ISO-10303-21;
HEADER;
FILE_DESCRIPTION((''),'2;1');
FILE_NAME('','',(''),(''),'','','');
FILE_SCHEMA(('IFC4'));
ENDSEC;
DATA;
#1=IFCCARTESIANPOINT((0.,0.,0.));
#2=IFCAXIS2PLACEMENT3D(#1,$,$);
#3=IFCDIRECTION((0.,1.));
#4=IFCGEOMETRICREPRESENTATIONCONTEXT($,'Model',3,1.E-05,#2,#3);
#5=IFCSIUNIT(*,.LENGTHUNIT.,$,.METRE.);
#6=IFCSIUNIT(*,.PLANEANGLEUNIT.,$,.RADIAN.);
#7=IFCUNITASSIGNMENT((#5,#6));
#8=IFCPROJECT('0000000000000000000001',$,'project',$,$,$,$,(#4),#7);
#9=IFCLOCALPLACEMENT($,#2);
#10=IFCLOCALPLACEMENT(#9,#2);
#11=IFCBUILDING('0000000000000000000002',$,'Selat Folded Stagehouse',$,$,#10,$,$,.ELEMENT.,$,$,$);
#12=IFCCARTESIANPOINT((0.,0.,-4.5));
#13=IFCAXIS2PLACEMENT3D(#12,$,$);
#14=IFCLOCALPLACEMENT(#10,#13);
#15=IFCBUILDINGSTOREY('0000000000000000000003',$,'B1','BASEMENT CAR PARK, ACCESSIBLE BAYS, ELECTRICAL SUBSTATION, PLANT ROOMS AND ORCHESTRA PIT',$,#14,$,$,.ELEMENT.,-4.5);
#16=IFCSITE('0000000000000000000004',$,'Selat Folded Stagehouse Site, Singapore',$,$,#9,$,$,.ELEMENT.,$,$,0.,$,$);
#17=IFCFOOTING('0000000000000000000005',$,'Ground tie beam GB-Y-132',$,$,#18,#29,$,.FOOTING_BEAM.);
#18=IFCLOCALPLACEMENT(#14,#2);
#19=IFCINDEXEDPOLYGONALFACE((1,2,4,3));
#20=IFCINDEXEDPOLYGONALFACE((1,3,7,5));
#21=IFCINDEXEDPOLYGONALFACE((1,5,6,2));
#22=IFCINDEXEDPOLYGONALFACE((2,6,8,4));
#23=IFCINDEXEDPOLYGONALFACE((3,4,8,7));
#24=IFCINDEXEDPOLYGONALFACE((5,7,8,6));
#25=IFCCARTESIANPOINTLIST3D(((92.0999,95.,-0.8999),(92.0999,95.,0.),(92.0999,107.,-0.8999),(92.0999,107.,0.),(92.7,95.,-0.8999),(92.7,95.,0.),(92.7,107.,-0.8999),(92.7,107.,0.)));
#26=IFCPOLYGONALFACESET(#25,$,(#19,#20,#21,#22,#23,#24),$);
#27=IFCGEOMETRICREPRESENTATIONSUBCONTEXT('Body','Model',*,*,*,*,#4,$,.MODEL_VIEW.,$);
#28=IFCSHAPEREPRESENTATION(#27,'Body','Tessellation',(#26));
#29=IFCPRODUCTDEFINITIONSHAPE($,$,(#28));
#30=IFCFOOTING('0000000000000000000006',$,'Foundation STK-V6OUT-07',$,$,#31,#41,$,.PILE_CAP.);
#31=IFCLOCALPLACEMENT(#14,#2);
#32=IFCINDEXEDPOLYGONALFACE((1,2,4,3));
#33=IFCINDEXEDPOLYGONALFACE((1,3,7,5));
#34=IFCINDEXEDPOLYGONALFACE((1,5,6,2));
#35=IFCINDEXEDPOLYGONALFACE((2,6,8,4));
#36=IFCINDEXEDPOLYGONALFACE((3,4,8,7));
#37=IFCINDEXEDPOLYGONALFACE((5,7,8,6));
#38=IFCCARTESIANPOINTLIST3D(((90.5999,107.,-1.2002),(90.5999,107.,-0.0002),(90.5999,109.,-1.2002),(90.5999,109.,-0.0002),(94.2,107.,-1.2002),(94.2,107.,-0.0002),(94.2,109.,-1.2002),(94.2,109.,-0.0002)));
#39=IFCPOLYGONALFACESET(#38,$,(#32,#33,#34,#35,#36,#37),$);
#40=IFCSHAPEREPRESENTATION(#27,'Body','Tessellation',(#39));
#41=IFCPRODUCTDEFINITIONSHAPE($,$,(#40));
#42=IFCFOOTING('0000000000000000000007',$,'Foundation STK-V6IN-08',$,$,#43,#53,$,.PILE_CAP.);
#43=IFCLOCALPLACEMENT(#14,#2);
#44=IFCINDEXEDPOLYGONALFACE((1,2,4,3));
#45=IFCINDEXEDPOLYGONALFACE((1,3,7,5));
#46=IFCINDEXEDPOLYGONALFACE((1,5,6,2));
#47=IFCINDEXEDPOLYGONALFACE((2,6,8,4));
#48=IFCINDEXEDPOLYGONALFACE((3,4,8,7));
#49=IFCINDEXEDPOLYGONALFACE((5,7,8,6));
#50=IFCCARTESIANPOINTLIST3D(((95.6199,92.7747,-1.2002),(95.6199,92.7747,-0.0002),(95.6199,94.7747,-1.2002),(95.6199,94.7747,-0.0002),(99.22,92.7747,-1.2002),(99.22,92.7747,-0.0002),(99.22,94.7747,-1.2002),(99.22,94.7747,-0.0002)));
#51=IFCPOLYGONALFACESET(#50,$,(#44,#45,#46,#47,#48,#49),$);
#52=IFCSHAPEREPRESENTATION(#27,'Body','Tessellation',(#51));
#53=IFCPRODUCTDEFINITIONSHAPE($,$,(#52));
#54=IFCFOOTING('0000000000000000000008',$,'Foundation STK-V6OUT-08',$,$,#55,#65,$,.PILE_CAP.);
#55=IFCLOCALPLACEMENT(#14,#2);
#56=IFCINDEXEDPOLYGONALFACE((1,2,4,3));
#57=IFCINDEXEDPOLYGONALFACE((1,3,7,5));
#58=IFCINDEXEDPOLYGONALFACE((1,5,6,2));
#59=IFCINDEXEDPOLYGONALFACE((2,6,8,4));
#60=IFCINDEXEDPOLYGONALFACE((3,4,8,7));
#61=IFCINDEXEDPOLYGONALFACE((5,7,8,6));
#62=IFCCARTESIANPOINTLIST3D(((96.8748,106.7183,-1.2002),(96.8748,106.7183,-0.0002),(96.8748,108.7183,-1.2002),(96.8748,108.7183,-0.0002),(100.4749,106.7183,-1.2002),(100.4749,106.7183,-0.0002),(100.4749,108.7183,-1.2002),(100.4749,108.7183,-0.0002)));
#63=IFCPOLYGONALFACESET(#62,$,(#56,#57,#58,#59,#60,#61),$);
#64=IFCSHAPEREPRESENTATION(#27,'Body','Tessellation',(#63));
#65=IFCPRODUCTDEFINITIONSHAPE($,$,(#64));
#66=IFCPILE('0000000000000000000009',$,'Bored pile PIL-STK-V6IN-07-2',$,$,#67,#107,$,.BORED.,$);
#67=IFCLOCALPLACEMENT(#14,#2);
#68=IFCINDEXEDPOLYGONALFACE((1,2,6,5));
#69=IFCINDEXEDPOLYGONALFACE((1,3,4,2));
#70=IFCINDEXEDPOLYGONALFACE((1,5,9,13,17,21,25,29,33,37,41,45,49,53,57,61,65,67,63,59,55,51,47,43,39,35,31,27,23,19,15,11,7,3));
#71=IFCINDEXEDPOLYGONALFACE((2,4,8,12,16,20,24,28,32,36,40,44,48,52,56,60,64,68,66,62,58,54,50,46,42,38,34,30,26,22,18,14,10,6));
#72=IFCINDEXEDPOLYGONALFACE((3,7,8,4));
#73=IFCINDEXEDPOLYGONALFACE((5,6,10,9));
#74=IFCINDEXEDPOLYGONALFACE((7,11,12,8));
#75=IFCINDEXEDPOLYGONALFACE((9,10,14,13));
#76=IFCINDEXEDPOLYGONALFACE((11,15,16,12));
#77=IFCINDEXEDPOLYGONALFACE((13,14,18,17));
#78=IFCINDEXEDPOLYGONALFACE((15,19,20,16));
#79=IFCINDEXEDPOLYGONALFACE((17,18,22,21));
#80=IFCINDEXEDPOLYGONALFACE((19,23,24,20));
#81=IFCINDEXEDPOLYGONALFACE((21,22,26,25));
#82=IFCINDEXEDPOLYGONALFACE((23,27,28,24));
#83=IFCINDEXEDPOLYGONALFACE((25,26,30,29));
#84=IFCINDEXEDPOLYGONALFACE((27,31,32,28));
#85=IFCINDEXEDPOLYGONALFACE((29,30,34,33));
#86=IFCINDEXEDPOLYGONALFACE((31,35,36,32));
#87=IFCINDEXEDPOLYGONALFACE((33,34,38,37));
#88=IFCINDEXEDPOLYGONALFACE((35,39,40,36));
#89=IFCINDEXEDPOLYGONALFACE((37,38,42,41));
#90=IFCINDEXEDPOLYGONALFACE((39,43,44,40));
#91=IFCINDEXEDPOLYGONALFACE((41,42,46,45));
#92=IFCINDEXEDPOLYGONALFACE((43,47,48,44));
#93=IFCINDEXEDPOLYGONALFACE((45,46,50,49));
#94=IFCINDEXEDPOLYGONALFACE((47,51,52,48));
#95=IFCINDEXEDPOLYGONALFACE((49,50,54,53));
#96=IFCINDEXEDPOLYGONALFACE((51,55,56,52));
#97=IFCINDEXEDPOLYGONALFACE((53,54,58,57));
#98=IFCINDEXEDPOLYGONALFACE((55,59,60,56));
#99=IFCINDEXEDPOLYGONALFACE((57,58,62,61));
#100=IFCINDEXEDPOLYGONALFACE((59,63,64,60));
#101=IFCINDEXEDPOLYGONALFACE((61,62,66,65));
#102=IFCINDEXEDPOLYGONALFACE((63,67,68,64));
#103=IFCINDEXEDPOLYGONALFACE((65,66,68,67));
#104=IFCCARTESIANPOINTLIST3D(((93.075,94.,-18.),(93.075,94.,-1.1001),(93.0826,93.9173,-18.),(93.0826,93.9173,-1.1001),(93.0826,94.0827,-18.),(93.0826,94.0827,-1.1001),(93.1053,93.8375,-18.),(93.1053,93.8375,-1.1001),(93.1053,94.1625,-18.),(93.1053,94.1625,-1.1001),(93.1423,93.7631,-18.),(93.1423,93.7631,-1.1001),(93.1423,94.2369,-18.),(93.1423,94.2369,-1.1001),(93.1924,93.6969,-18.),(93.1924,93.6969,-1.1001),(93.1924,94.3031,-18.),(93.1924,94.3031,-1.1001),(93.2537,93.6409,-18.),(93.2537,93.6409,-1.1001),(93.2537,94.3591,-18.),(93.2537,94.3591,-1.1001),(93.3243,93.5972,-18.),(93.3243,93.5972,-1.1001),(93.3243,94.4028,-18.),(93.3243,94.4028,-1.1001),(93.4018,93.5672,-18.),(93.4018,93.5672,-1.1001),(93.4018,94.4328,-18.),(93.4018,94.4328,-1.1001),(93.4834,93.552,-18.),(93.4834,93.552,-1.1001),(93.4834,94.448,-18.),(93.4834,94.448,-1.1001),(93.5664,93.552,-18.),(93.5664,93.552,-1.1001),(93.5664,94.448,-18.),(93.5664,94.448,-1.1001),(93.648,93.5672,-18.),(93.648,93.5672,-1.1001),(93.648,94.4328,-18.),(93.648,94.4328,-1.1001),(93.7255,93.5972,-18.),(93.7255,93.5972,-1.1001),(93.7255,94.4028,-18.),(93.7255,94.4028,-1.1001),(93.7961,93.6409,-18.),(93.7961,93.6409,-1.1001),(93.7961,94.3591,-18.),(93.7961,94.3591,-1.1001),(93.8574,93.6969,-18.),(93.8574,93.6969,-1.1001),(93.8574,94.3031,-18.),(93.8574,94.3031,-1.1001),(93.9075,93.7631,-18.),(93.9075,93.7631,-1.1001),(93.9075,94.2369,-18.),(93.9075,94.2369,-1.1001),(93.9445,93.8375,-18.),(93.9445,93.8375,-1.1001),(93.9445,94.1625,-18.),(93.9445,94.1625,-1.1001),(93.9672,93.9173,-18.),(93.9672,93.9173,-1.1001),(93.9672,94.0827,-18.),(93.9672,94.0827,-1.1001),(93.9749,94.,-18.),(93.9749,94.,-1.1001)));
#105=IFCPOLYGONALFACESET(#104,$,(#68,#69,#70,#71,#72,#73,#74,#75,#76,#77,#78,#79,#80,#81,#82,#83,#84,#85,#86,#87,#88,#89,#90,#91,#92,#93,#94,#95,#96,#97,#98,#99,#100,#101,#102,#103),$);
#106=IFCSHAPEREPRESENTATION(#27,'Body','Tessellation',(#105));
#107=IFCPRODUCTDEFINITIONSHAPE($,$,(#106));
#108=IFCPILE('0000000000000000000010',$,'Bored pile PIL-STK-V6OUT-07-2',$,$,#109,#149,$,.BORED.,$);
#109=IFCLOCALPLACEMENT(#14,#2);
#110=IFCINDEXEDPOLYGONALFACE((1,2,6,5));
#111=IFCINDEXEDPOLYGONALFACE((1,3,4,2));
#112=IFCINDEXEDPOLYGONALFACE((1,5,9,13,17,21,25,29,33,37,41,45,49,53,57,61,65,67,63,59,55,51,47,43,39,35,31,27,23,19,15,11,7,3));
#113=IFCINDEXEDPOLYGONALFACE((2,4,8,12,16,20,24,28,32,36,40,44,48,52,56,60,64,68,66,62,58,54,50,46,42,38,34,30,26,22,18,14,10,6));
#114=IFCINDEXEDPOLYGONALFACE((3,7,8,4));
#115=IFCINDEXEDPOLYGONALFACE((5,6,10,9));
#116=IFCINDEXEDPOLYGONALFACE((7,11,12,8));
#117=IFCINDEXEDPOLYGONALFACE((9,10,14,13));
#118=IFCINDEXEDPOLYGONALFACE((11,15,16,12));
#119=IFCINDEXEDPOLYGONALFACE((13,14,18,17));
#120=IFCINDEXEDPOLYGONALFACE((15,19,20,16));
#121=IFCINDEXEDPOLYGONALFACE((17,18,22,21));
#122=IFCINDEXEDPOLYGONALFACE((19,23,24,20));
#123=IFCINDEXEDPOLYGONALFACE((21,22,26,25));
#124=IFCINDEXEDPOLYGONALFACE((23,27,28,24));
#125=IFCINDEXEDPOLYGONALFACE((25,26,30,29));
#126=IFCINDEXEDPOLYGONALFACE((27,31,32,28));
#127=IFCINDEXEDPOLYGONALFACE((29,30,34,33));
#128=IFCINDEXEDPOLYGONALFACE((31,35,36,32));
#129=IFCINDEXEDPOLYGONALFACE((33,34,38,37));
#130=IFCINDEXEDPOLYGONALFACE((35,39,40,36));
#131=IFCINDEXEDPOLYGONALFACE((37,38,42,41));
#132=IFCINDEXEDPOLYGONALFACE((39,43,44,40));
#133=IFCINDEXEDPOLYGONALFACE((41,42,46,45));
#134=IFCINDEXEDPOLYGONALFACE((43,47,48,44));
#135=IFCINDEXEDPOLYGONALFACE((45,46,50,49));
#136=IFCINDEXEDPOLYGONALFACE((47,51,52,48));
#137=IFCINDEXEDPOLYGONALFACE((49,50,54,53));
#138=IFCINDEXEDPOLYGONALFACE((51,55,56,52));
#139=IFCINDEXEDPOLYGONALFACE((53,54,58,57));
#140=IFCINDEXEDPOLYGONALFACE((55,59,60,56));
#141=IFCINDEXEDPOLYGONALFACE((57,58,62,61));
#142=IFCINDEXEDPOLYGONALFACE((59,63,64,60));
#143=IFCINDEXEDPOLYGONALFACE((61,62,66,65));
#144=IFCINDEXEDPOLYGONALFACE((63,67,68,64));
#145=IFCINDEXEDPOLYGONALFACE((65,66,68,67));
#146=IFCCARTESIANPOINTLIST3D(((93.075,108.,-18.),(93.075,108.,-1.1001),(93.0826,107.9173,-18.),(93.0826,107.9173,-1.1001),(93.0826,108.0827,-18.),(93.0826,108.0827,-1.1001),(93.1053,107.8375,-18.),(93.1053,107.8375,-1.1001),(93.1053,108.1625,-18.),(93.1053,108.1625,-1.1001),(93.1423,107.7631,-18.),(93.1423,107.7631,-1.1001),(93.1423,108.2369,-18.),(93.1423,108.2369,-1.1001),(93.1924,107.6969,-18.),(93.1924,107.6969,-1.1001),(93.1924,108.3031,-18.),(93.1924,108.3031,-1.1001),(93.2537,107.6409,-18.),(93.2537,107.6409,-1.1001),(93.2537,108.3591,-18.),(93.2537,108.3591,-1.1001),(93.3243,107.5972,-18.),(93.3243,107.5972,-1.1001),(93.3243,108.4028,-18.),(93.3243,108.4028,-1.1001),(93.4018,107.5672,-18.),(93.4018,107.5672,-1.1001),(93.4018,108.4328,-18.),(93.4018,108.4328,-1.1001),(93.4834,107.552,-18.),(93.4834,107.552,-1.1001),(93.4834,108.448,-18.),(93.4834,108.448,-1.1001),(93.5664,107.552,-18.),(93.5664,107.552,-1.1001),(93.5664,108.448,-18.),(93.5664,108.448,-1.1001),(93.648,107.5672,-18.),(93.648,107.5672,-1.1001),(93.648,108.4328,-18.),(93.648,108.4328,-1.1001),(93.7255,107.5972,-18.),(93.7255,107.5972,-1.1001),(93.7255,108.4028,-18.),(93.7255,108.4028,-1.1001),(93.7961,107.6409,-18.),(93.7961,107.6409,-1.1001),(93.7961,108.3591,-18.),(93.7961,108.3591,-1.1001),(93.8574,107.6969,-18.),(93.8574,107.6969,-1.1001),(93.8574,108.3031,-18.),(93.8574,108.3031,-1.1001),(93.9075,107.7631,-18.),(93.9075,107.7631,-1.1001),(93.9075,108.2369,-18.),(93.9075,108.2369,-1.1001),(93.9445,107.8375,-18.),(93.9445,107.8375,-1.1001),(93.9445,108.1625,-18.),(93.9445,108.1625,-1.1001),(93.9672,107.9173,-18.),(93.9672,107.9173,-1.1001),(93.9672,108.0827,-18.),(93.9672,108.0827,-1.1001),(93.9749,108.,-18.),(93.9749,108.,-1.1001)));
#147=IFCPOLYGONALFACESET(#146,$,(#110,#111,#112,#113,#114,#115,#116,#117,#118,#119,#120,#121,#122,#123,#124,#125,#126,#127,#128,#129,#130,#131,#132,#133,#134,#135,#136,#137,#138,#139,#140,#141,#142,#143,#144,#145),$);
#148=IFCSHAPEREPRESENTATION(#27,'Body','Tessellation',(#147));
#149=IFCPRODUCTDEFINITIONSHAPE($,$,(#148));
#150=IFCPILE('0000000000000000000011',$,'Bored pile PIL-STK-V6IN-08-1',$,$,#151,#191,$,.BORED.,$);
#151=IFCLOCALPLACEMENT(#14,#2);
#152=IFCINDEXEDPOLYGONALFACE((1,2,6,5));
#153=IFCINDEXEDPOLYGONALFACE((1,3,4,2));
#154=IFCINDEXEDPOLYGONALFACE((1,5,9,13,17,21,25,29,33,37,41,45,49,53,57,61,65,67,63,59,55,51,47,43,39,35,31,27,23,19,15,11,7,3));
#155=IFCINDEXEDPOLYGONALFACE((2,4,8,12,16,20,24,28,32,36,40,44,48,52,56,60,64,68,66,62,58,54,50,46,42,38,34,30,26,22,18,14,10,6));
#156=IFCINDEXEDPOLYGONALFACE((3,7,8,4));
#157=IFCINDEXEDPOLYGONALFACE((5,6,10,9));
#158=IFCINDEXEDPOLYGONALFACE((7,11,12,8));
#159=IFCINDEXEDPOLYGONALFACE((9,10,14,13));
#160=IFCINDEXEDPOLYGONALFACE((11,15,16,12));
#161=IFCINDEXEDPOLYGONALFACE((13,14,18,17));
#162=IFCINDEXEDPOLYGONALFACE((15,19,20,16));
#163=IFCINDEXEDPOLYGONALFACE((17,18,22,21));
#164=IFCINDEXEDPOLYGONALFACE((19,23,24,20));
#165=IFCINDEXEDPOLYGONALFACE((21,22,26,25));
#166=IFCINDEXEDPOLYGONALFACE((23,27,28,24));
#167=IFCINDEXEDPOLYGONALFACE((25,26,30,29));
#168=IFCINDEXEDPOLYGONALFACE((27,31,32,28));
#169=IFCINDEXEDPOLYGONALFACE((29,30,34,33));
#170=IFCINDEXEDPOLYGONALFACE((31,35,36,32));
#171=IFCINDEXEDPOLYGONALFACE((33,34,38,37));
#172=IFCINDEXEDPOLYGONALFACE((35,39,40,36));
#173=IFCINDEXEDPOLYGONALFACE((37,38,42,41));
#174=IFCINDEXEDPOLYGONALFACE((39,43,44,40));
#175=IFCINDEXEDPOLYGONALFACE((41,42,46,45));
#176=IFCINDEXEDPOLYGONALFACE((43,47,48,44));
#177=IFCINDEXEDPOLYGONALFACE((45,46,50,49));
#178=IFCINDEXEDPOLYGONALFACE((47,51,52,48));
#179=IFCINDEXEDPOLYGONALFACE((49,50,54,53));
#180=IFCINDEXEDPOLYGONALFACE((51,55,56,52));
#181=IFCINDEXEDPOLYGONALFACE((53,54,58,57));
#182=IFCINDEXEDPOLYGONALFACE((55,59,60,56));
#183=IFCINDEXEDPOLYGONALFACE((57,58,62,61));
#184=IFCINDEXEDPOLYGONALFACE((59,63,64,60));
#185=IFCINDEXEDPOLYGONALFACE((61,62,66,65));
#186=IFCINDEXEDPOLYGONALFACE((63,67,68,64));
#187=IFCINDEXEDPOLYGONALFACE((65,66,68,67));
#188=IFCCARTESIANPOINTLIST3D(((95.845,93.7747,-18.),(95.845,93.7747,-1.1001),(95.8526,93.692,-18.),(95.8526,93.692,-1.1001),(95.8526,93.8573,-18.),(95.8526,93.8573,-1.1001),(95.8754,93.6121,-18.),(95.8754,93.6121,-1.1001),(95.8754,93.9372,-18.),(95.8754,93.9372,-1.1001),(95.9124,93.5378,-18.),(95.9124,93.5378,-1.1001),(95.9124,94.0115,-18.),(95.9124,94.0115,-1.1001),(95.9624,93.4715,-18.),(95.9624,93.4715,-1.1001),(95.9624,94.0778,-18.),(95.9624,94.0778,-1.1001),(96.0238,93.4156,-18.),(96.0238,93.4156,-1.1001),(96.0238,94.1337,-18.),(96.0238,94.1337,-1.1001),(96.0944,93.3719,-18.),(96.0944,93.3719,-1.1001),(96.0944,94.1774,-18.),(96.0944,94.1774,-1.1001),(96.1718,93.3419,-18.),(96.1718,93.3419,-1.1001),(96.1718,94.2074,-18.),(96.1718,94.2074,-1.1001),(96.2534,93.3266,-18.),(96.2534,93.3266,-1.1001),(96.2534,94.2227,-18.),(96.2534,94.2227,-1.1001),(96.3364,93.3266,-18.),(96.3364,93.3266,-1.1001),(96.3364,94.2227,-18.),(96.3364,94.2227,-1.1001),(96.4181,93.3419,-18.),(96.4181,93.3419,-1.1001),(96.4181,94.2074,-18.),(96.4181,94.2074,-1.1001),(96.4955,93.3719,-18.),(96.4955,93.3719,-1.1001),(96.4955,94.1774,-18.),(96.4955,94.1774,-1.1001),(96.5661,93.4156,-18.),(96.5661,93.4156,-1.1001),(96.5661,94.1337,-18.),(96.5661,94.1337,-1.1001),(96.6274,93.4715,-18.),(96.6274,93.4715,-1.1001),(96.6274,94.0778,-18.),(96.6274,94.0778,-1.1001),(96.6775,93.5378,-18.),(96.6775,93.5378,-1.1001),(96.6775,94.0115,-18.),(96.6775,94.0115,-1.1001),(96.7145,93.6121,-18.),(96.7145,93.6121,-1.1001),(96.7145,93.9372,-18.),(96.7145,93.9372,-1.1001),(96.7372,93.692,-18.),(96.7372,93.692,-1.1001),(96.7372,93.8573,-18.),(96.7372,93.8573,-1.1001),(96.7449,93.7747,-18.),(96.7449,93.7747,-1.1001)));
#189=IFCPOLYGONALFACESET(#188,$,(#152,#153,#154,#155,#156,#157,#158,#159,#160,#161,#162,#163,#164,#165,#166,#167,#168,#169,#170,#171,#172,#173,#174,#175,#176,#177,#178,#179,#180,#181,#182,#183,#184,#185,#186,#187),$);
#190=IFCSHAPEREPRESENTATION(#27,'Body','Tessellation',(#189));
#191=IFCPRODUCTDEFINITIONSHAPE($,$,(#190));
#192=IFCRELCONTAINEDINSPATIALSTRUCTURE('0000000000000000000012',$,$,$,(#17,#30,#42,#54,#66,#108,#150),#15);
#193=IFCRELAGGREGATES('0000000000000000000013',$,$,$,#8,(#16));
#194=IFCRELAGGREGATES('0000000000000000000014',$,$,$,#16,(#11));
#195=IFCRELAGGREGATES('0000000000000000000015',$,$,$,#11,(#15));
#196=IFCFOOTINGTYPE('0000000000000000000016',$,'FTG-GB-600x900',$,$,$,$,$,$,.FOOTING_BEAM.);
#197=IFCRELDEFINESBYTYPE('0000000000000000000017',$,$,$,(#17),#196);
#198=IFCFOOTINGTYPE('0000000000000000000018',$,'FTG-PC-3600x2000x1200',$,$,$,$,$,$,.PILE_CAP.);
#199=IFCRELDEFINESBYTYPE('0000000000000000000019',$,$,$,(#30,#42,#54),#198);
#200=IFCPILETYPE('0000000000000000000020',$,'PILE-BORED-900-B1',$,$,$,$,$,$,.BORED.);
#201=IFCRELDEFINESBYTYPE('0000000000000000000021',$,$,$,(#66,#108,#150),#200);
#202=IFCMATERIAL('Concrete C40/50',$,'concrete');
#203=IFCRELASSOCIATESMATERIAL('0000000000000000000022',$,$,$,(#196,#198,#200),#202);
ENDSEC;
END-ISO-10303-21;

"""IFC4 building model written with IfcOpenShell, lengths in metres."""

from ifc_helpers import new_model, si_unit, direction, frame, origin, origin_2d, place, context, subcontext, project, spatial, rectangle, circle, extrude, material, material_profile, profile_set, type_object, element, save


model = new_model("IFC4")

# Units and contexts
model_context = context("Model", 3, precision=1e-05, world=origin(), true_north=direction((0.0, 1.0)))
body_context = subcontext(model_context, "Body", "Model", "MODEL_VIEW")
ifc_project = project(units=[si_unit("LENGTHUNIT", "METRE"), si_unit("PLANEANGLEUNIT", "RADIAN")], contexts=[model_context])

# Site, building, storey
site_placement = place(None, origin())
site = spatial("IfcSite", under=ifc_project, at=site_placement, Name="Selat Folded Stagehouse Site, Singapore", CompositionType="ELEMENT", RefElevation=0.0)
building_placement = place(site_placement, origin())
building = spatial("IfcBuilding", under=site, at=building_placement, Name="Selat Folded Stagehouse", CompositionType="ELEMENT")
storey_placement = place(building_placement, frame((0.0, 0.0, -4.5)))
storey = spatial("IfcBuildingStorey", under=building, at=storey_placement, Name="B1", Description="BASEMENT CAR PARK, ACCESSIBLE BAYS, ELECTRICAL SUBSTATION, PLANT ROOMS AND ORCHESTRA PIT", CompositionType="ELEMENT", Elevation=-4.5)

# Footings
ifc_material_1 = material(Name="Concrete C40/50", Category="concrete")
ifc_material_profile_1 = material_profile(ifc_material_1, rectangle(XDim=0.6001, YDim=0.8999, at=origin_2d()), Name="RC 900x600")
ifc_profile_set_1 = profile_set([ifc_material_profile_1], Name="Concrete C40/50")
footing_type_1 = type_object("IfcFootingType", Name="FTG-GB-600x900", PredefinedType="FOOTING_BEAM", material=ifc_profile_set_1)
footing_placement = place(storey_placement, frame((92.3999, 95.0, -0.45), z_axis=(0.0, 1.0, 0.0), x_axis=(-1.0, 0.0, 0.0)))
element("IfcFooting", 1, at=footing_placement, inside=storey, type_object=footing_type_1, Name="Ground tie beam GB-Y-132", PredefinedType="FOOTING_BEAM", context=body_context, shape_type="SweptSolid", body=[
    extrude(rectangle(XDim=0.6001, YDim=0.8999, at=origin_2d()), origin(), (0.0, 0.0, 1.0), 12.0),
])
footing_type_2 = type_object("IfcFootingType", Name="FTG-PC-3600x2000x1200", PredefinedType="PILE_CAP", material=ifc_material_1)
for number, where, z_axis, x_axis, name in (
    (2, (92.3999, 108.0, -1.2002), (0.0, 0.0, 1.0), (1.0, 0.0, 0.0), "Foundation STK-V6OUT-07"),
    (3, (97.4199, 93.7747, -1.2002), (0.0, 0.0, 1.0), (1.0, 0.0, 0.0), "Foundation STK-V6IN-08"),
    (4, (98.6748, 107.7183, -1.2002), (0.0, 0.0, 1.0), (1.0, 0.0, 0.0), "Foundation STK-V6OUT-08"),
):
    element("IfcFooting", number, at=place(storey_placement, frame(where, z_axis=z_axis, x_axis=x_axis)), inside=storey, type_object=footing_type_2, Name=name, PredefinedType="PILE_CAP", context=body_context, shape_type="SweptSolid", body=[
        extrude(rectangle(XDim=3.6001, YDim=2.0, at=origin_2d()), origin(), (0.0, 0.0, 1.0), 1.2),
    ])

# Piles
ifc_material_profile_2 = material_profile(ifc_material_1, circle(Radius=0.45, at=origin_2d()), Name="PILE D900")
ifc_profile_set_2 = profile_set([ifc_material_profile_2], Name="Concrete C40/50")
pile_type = type_object("IfcPileType", Name="PILE-BORED-900-B1", PredefinedType="BORED", material=ifc_profile_set_2)
for number, where, z_axis, x_axis, name in (
    (5, (93.5249, 94.0, -1.1001), (0.0, 0.0, -1.0), (1.0, 0.0, 0.0), "Bored pile PIL-STK-V6IN-07-2"),
    (6, (93.5249, 108.0, -1.1001), (0.0, 0.0, -1.0), (1.0, 0.0, 0.0), "Bored pile PIL-STK-V6OUT-07-2"),
    (7, (96.2949, 93.7747, -1.1001), (0.0, 0.0, -1.0), (1.0, 0.0, 0.0), "Bored pile PIL-STK-V6IN-08-1"),
):
    element("IfcPile", number, at=place(storey_placement, frame(where, z_axis=z_axis, x_axis=x_axis)), inside=storey, type_object=pile_type, Name=name, PredefinedType="BORED", context=body_context, shape_type="SweptSolid", body=[
        extrude(circle(Radius=0.45, at=origin_2d()), origin(), (0.0, 0.0, 1.0), 16.8999),
    ])

save(model, "model.ifc")
